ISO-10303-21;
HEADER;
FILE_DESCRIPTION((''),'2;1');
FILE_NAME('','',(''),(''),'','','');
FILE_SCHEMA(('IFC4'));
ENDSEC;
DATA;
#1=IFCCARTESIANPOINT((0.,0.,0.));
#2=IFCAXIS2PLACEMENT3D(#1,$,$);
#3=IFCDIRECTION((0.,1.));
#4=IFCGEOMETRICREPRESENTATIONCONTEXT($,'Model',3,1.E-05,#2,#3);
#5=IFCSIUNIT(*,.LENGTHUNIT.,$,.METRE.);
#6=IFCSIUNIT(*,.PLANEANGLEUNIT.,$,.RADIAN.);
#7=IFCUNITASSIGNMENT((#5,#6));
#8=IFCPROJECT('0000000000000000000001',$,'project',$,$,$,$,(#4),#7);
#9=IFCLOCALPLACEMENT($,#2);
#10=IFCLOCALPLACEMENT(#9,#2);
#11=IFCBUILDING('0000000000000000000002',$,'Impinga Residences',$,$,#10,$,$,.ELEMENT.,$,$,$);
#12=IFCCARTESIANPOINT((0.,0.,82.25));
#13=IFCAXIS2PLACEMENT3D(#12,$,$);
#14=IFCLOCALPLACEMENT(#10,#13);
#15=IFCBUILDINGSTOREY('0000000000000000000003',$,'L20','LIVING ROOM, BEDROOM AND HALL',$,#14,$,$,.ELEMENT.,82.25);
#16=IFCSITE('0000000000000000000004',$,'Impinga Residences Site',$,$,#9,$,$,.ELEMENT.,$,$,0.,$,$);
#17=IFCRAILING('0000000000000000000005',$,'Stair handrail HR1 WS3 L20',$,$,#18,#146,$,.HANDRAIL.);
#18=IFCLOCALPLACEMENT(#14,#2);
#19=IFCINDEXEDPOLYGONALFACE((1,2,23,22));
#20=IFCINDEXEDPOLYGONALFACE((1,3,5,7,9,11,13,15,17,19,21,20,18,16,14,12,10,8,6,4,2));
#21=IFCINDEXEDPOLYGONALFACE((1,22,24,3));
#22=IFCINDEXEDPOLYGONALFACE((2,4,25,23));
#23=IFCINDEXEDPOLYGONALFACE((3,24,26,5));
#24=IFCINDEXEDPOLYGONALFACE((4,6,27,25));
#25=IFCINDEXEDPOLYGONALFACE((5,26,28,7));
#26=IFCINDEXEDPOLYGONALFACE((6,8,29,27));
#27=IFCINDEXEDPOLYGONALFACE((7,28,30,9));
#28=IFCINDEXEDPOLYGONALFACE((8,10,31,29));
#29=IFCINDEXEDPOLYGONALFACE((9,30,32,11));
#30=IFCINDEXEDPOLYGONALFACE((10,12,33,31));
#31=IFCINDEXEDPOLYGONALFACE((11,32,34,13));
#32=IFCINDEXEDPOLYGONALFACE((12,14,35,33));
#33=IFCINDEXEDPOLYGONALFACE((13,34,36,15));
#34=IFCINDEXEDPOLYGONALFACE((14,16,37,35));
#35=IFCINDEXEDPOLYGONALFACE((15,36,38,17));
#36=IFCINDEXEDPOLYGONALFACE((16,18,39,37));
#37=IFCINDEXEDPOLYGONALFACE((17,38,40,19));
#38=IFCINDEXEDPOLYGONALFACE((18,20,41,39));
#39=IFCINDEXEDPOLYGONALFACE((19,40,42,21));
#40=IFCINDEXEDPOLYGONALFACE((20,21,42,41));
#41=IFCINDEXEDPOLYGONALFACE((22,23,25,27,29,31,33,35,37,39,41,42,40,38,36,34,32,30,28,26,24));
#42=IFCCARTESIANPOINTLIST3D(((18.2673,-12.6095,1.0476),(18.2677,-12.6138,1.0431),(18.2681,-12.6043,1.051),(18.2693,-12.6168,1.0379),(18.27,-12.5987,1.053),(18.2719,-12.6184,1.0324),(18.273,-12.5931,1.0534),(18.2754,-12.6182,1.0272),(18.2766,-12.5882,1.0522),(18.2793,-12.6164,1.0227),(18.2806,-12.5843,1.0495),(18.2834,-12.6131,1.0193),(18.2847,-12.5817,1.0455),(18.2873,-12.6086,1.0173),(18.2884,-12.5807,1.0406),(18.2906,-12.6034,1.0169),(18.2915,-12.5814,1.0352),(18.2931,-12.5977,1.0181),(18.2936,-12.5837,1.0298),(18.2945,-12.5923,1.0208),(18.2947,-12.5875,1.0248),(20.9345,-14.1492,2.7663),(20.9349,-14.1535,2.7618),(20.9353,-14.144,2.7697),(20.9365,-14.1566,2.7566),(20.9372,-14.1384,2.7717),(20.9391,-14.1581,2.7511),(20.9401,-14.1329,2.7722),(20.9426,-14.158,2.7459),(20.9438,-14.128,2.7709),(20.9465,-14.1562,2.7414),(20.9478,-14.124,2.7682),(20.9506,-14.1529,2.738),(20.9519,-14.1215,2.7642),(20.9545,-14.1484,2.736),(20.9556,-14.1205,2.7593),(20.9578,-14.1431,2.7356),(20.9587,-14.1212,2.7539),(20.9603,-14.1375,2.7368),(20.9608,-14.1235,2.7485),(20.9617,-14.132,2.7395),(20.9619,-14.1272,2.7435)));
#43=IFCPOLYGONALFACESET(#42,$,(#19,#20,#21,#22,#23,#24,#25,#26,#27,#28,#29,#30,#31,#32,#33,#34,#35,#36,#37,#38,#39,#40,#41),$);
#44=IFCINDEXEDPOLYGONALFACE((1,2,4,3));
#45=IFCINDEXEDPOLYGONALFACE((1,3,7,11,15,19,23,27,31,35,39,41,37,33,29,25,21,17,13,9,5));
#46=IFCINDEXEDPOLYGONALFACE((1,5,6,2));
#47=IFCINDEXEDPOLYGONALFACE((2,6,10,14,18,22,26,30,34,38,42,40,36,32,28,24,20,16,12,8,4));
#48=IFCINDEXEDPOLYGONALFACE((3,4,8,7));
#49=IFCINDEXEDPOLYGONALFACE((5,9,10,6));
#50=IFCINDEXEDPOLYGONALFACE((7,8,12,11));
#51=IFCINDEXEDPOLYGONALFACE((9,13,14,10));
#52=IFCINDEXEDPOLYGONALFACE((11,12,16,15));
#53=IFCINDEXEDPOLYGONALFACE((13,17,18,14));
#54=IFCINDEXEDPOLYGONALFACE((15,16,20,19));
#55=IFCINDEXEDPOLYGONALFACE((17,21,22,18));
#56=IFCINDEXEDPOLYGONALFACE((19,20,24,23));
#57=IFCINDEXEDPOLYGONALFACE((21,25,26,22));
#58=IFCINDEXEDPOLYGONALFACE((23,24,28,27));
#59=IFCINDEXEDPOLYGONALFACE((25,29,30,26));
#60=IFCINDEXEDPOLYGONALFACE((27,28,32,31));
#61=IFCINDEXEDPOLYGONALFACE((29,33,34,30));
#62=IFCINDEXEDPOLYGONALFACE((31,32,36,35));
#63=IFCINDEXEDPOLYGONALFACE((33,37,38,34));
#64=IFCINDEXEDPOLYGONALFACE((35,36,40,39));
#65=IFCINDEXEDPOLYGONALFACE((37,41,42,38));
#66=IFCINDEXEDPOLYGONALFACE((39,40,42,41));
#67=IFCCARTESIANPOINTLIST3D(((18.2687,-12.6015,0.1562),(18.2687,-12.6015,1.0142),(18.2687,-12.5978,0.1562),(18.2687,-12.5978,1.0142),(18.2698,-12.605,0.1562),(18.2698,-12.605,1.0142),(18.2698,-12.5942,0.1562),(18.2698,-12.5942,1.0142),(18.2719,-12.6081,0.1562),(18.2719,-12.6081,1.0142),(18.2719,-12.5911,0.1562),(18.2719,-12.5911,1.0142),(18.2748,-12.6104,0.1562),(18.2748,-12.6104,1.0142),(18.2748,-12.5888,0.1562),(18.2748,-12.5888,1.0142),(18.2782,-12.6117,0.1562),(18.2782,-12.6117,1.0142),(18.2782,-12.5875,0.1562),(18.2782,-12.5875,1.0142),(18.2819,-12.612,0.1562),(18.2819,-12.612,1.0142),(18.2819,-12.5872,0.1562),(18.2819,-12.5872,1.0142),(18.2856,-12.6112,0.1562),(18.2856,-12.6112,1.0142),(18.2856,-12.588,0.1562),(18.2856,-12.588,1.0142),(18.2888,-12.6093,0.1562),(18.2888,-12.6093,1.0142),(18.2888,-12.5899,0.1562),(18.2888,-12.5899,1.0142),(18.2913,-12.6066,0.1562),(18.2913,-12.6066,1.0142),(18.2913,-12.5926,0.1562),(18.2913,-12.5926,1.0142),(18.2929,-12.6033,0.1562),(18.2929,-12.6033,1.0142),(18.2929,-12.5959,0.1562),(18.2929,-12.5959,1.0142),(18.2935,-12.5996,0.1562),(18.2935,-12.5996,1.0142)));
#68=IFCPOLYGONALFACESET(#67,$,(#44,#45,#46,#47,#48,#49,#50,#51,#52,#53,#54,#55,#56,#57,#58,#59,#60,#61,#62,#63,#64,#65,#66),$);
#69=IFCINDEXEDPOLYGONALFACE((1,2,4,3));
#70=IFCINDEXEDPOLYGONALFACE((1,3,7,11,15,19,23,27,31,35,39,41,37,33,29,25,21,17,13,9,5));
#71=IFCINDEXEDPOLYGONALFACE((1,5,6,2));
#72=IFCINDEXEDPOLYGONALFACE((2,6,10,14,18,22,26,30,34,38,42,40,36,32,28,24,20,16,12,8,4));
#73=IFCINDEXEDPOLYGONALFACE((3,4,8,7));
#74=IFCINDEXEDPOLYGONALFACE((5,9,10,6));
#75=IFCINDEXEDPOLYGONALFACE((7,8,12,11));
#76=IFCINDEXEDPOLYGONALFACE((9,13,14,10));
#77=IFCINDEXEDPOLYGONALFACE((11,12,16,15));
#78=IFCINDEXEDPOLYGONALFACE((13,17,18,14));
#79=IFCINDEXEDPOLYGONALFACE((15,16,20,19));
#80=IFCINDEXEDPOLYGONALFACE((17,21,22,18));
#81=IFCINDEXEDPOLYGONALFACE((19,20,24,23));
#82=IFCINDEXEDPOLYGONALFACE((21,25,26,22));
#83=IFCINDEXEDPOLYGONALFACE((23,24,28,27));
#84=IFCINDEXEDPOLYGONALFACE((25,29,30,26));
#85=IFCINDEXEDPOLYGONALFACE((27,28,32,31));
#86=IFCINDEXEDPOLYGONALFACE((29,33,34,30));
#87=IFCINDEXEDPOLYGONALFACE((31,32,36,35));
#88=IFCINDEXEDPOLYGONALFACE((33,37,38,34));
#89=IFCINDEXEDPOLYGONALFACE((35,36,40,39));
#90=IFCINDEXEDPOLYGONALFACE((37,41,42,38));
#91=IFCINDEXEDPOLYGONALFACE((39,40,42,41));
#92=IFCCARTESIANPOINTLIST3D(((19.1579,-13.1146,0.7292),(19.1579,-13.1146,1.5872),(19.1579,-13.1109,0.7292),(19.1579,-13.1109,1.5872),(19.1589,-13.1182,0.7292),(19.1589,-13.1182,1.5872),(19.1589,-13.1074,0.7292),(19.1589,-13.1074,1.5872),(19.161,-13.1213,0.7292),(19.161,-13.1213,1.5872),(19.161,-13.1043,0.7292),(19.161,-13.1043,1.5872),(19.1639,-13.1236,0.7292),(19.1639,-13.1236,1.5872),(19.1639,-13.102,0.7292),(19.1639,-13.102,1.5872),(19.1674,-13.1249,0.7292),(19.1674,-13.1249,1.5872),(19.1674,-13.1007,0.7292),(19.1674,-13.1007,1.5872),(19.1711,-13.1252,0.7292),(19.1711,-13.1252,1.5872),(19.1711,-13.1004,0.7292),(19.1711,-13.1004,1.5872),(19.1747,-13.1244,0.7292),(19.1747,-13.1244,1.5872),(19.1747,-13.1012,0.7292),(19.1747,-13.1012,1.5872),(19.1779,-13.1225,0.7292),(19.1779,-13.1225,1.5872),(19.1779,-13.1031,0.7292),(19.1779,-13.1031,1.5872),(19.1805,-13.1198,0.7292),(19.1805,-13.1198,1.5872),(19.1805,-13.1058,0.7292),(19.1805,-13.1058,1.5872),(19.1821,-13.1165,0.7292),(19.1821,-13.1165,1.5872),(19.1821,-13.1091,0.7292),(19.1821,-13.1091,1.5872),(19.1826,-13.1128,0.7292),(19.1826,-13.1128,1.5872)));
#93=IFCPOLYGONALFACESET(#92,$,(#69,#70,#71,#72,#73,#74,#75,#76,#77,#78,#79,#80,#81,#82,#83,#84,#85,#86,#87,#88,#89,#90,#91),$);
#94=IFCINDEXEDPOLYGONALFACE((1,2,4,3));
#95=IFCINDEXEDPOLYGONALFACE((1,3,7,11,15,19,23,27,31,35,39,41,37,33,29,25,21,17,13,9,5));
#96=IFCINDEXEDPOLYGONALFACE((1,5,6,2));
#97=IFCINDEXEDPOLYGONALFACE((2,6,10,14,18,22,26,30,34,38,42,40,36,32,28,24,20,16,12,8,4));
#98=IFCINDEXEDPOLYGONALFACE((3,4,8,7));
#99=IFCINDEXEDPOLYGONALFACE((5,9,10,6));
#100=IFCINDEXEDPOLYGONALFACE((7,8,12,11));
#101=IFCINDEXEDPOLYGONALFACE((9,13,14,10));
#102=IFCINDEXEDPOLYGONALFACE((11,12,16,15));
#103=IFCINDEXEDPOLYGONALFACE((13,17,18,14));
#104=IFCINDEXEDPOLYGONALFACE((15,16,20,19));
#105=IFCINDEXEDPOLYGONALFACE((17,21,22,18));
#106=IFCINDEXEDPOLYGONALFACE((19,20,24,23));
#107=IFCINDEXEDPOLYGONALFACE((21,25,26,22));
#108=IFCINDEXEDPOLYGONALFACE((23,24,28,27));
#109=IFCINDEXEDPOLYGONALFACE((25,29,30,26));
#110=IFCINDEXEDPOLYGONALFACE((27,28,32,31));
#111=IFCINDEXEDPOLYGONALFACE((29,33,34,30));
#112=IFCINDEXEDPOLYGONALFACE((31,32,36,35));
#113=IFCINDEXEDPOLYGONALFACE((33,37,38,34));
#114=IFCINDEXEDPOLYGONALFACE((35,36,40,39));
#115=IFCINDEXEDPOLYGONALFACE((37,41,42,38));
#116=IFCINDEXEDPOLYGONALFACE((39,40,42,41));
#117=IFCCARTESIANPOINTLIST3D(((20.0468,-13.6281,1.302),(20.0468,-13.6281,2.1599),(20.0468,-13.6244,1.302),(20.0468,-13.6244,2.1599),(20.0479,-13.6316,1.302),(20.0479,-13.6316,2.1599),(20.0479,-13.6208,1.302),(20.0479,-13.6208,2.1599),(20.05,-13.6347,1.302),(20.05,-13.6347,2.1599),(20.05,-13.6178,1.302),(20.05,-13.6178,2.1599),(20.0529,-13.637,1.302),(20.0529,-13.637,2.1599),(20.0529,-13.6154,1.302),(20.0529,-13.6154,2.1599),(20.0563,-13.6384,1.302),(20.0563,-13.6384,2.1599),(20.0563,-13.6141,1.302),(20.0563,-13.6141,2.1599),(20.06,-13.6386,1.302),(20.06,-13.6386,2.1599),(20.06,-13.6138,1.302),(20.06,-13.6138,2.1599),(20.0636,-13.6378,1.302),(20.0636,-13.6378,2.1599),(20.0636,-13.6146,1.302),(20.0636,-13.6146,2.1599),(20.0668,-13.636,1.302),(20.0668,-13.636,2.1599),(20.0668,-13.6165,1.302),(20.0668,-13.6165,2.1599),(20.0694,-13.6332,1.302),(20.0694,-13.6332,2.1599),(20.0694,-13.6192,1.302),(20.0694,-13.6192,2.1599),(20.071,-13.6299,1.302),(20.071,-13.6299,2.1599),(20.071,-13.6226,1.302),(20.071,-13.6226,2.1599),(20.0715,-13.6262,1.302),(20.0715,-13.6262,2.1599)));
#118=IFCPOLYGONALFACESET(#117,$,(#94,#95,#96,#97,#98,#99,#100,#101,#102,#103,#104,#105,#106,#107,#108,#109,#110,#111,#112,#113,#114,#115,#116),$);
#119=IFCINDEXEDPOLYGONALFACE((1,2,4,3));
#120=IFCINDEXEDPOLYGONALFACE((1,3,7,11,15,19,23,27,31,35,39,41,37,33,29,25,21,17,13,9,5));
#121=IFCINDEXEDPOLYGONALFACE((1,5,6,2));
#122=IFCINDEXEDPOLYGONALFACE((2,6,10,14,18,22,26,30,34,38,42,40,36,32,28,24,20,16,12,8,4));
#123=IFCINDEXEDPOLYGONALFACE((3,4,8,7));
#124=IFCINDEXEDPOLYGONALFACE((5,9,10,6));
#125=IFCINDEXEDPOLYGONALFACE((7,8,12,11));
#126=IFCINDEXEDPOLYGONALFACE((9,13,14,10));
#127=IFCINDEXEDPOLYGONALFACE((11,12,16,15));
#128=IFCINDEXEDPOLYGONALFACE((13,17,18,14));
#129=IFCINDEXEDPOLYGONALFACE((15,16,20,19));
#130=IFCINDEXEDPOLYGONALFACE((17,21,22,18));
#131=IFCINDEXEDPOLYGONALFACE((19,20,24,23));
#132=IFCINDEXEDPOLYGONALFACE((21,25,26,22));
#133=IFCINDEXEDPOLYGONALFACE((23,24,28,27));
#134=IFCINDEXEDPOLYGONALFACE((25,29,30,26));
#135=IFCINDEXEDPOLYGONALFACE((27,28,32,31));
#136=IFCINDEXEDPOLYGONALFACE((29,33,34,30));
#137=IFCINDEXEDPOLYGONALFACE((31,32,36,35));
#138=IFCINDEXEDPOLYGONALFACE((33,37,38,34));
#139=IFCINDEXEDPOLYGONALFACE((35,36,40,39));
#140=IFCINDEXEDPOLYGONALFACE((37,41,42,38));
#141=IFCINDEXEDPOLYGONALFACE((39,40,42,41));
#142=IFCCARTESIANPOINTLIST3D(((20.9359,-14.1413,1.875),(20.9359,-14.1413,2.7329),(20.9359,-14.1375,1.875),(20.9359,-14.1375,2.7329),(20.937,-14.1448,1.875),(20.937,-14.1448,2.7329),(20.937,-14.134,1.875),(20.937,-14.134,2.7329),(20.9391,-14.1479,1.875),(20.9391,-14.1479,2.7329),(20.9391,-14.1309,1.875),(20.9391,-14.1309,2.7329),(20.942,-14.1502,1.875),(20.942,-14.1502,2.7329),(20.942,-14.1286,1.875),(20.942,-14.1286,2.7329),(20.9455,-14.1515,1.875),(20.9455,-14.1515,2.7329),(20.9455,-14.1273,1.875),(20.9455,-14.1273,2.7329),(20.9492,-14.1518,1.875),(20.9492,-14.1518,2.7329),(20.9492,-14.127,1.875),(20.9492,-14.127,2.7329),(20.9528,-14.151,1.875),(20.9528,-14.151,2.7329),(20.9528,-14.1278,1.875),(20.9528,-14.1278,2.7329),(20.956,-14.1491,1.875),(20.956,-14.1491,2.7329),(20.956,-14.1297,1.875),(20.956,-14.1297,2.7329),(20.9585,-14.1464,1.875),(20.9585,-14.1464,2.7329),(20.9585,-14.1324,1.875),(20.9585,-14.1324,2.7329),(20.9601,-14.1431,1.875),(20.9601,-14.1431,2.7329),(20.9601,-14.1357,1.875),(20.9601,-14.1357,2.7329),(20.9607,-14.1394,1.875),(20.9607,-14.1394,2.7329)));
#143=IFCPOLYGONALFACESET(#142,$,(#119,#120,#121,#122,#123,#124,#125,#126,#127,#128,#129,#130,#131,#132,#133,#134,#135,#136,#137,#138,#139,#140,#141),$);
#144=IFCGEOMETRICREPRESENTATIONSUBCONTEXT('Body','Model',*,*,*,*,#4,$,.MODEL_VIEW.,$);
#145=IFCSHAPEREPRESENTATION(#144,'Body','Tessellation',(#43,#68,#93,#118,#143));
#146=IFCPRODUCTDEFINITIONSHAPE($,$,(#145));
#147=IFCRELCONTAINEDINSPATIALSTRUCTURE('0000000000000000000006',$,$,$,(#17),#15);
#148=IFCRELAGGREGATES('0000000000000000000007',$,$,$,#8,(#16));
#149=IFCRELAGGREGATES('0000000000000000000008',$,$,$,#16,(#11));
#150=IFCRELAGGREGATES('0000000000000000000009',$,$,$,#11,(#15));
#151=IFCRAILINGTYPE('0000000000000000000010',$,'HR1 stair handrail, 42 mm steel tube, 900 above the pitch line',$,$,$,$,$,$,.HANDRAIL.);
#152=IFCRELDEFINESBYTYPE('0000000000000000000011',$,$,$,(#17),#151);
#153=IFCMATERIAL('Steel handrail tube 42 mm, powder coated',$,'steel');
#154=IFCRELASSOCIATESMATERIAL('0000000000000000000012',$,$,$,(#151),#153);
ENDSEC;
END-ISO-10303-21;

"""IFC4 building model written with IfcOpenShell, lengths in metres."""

from ifc_helpers import new_model, si_unit, direction, frame, origin, origin_2d, place, context, subcontext, project, spatial, circle, extrude, material, type_object, element, save


model = new_model("IFC4")

# Units and contexts
model_context = context("Model", 3, precision=1e-05, world=origin(), true_north=direction((0.0, 1.0)))
body_context = subcontext(model_context, "Body", "Model", "MODEL_VIEW")
ifc_project = project(units=[si_unit("LENGTHUNIT", "METRE"), si_unit("PLANEANGLEUNIT", "RADIAN")], contexts=[model_context])

# Site, building, storey
site_placement = place(None, origin())
site = spatial("IfcSite", under=ifc_project, at=site_placement, Name="Impinga Residences Site", CompositionType="ELEMENT", RefElevation=0.0)
building_placement = place(site_placement, origin())
building = spatial("IfcBuilding", under=site, at=building_placement, Name="Impinga Residences", CompositionType="ELEMENT")
storey_placement = place(building_placement, frame((0.0, 0.0, 82.25)))
storey = spatial("IfcBuildingStorey", under=building, at=storey_placement, Name="L20", Description="LIVING ROOM, BEDROOM AND HALL", CompositionType="ELEMENT", Elevation=82.25)

# Railing
ifc_material_1 = material(Name="Steel handrail tube 42 mm, powder coated", Category="steel")
railing_type_1 = type_object("IfcRailingType", Name="HR1 stair handrail, 42 mm steel tube, 900 above the pitch line", PredefinedType="HANDRAIL", material=ifc_material_1)
railing_1_placement = place(storey_placement, frame((18.281, -12.5996, 0.1562)))
element("IfcRailing", 1, at=railing_1_placement, inside=storey, type_object=railing_type_1, Name="Stair handrail HR1 WS3 L20", PredefinedType="HANDRAIL", context=body_context, shape_type="SweptSolid", body=[
    extrude(circle(Radius=0.021, at=origin_2d()), frame((0.0, 0.0, 0.8789), z_axis=(0.756249, -0.436582, 0.487322), x_axis=(0.499967, 0.866044, 0.0)), (0.0, 0.0, 1.0), 3.5269),
    extrude(circle(Radius=0.0125, at=origin_2d()), origin(), (0.0, 0.0, 1.0), 0.8579),
    extrude(circle(Radius=0.0125, at=origin_2d()), frame((0.8892, -0.5132, 0.573)), (0.0, 0.0, 1.0), 0.8579),
    extrude(circle(Radius=0.0125, at=origin_2d()), frame((1.7781, -1.0266, 1.1458)), (0.0, 0.0, 1.0), 0.8579),
    extrude(circle(Radius=0.0125, at=origin_2d()), frame((2.6672, -1.5398, 1.7188)), (0.0, 0.0, 1.0), 0.8579),
])

save(model, "model.ifc")
